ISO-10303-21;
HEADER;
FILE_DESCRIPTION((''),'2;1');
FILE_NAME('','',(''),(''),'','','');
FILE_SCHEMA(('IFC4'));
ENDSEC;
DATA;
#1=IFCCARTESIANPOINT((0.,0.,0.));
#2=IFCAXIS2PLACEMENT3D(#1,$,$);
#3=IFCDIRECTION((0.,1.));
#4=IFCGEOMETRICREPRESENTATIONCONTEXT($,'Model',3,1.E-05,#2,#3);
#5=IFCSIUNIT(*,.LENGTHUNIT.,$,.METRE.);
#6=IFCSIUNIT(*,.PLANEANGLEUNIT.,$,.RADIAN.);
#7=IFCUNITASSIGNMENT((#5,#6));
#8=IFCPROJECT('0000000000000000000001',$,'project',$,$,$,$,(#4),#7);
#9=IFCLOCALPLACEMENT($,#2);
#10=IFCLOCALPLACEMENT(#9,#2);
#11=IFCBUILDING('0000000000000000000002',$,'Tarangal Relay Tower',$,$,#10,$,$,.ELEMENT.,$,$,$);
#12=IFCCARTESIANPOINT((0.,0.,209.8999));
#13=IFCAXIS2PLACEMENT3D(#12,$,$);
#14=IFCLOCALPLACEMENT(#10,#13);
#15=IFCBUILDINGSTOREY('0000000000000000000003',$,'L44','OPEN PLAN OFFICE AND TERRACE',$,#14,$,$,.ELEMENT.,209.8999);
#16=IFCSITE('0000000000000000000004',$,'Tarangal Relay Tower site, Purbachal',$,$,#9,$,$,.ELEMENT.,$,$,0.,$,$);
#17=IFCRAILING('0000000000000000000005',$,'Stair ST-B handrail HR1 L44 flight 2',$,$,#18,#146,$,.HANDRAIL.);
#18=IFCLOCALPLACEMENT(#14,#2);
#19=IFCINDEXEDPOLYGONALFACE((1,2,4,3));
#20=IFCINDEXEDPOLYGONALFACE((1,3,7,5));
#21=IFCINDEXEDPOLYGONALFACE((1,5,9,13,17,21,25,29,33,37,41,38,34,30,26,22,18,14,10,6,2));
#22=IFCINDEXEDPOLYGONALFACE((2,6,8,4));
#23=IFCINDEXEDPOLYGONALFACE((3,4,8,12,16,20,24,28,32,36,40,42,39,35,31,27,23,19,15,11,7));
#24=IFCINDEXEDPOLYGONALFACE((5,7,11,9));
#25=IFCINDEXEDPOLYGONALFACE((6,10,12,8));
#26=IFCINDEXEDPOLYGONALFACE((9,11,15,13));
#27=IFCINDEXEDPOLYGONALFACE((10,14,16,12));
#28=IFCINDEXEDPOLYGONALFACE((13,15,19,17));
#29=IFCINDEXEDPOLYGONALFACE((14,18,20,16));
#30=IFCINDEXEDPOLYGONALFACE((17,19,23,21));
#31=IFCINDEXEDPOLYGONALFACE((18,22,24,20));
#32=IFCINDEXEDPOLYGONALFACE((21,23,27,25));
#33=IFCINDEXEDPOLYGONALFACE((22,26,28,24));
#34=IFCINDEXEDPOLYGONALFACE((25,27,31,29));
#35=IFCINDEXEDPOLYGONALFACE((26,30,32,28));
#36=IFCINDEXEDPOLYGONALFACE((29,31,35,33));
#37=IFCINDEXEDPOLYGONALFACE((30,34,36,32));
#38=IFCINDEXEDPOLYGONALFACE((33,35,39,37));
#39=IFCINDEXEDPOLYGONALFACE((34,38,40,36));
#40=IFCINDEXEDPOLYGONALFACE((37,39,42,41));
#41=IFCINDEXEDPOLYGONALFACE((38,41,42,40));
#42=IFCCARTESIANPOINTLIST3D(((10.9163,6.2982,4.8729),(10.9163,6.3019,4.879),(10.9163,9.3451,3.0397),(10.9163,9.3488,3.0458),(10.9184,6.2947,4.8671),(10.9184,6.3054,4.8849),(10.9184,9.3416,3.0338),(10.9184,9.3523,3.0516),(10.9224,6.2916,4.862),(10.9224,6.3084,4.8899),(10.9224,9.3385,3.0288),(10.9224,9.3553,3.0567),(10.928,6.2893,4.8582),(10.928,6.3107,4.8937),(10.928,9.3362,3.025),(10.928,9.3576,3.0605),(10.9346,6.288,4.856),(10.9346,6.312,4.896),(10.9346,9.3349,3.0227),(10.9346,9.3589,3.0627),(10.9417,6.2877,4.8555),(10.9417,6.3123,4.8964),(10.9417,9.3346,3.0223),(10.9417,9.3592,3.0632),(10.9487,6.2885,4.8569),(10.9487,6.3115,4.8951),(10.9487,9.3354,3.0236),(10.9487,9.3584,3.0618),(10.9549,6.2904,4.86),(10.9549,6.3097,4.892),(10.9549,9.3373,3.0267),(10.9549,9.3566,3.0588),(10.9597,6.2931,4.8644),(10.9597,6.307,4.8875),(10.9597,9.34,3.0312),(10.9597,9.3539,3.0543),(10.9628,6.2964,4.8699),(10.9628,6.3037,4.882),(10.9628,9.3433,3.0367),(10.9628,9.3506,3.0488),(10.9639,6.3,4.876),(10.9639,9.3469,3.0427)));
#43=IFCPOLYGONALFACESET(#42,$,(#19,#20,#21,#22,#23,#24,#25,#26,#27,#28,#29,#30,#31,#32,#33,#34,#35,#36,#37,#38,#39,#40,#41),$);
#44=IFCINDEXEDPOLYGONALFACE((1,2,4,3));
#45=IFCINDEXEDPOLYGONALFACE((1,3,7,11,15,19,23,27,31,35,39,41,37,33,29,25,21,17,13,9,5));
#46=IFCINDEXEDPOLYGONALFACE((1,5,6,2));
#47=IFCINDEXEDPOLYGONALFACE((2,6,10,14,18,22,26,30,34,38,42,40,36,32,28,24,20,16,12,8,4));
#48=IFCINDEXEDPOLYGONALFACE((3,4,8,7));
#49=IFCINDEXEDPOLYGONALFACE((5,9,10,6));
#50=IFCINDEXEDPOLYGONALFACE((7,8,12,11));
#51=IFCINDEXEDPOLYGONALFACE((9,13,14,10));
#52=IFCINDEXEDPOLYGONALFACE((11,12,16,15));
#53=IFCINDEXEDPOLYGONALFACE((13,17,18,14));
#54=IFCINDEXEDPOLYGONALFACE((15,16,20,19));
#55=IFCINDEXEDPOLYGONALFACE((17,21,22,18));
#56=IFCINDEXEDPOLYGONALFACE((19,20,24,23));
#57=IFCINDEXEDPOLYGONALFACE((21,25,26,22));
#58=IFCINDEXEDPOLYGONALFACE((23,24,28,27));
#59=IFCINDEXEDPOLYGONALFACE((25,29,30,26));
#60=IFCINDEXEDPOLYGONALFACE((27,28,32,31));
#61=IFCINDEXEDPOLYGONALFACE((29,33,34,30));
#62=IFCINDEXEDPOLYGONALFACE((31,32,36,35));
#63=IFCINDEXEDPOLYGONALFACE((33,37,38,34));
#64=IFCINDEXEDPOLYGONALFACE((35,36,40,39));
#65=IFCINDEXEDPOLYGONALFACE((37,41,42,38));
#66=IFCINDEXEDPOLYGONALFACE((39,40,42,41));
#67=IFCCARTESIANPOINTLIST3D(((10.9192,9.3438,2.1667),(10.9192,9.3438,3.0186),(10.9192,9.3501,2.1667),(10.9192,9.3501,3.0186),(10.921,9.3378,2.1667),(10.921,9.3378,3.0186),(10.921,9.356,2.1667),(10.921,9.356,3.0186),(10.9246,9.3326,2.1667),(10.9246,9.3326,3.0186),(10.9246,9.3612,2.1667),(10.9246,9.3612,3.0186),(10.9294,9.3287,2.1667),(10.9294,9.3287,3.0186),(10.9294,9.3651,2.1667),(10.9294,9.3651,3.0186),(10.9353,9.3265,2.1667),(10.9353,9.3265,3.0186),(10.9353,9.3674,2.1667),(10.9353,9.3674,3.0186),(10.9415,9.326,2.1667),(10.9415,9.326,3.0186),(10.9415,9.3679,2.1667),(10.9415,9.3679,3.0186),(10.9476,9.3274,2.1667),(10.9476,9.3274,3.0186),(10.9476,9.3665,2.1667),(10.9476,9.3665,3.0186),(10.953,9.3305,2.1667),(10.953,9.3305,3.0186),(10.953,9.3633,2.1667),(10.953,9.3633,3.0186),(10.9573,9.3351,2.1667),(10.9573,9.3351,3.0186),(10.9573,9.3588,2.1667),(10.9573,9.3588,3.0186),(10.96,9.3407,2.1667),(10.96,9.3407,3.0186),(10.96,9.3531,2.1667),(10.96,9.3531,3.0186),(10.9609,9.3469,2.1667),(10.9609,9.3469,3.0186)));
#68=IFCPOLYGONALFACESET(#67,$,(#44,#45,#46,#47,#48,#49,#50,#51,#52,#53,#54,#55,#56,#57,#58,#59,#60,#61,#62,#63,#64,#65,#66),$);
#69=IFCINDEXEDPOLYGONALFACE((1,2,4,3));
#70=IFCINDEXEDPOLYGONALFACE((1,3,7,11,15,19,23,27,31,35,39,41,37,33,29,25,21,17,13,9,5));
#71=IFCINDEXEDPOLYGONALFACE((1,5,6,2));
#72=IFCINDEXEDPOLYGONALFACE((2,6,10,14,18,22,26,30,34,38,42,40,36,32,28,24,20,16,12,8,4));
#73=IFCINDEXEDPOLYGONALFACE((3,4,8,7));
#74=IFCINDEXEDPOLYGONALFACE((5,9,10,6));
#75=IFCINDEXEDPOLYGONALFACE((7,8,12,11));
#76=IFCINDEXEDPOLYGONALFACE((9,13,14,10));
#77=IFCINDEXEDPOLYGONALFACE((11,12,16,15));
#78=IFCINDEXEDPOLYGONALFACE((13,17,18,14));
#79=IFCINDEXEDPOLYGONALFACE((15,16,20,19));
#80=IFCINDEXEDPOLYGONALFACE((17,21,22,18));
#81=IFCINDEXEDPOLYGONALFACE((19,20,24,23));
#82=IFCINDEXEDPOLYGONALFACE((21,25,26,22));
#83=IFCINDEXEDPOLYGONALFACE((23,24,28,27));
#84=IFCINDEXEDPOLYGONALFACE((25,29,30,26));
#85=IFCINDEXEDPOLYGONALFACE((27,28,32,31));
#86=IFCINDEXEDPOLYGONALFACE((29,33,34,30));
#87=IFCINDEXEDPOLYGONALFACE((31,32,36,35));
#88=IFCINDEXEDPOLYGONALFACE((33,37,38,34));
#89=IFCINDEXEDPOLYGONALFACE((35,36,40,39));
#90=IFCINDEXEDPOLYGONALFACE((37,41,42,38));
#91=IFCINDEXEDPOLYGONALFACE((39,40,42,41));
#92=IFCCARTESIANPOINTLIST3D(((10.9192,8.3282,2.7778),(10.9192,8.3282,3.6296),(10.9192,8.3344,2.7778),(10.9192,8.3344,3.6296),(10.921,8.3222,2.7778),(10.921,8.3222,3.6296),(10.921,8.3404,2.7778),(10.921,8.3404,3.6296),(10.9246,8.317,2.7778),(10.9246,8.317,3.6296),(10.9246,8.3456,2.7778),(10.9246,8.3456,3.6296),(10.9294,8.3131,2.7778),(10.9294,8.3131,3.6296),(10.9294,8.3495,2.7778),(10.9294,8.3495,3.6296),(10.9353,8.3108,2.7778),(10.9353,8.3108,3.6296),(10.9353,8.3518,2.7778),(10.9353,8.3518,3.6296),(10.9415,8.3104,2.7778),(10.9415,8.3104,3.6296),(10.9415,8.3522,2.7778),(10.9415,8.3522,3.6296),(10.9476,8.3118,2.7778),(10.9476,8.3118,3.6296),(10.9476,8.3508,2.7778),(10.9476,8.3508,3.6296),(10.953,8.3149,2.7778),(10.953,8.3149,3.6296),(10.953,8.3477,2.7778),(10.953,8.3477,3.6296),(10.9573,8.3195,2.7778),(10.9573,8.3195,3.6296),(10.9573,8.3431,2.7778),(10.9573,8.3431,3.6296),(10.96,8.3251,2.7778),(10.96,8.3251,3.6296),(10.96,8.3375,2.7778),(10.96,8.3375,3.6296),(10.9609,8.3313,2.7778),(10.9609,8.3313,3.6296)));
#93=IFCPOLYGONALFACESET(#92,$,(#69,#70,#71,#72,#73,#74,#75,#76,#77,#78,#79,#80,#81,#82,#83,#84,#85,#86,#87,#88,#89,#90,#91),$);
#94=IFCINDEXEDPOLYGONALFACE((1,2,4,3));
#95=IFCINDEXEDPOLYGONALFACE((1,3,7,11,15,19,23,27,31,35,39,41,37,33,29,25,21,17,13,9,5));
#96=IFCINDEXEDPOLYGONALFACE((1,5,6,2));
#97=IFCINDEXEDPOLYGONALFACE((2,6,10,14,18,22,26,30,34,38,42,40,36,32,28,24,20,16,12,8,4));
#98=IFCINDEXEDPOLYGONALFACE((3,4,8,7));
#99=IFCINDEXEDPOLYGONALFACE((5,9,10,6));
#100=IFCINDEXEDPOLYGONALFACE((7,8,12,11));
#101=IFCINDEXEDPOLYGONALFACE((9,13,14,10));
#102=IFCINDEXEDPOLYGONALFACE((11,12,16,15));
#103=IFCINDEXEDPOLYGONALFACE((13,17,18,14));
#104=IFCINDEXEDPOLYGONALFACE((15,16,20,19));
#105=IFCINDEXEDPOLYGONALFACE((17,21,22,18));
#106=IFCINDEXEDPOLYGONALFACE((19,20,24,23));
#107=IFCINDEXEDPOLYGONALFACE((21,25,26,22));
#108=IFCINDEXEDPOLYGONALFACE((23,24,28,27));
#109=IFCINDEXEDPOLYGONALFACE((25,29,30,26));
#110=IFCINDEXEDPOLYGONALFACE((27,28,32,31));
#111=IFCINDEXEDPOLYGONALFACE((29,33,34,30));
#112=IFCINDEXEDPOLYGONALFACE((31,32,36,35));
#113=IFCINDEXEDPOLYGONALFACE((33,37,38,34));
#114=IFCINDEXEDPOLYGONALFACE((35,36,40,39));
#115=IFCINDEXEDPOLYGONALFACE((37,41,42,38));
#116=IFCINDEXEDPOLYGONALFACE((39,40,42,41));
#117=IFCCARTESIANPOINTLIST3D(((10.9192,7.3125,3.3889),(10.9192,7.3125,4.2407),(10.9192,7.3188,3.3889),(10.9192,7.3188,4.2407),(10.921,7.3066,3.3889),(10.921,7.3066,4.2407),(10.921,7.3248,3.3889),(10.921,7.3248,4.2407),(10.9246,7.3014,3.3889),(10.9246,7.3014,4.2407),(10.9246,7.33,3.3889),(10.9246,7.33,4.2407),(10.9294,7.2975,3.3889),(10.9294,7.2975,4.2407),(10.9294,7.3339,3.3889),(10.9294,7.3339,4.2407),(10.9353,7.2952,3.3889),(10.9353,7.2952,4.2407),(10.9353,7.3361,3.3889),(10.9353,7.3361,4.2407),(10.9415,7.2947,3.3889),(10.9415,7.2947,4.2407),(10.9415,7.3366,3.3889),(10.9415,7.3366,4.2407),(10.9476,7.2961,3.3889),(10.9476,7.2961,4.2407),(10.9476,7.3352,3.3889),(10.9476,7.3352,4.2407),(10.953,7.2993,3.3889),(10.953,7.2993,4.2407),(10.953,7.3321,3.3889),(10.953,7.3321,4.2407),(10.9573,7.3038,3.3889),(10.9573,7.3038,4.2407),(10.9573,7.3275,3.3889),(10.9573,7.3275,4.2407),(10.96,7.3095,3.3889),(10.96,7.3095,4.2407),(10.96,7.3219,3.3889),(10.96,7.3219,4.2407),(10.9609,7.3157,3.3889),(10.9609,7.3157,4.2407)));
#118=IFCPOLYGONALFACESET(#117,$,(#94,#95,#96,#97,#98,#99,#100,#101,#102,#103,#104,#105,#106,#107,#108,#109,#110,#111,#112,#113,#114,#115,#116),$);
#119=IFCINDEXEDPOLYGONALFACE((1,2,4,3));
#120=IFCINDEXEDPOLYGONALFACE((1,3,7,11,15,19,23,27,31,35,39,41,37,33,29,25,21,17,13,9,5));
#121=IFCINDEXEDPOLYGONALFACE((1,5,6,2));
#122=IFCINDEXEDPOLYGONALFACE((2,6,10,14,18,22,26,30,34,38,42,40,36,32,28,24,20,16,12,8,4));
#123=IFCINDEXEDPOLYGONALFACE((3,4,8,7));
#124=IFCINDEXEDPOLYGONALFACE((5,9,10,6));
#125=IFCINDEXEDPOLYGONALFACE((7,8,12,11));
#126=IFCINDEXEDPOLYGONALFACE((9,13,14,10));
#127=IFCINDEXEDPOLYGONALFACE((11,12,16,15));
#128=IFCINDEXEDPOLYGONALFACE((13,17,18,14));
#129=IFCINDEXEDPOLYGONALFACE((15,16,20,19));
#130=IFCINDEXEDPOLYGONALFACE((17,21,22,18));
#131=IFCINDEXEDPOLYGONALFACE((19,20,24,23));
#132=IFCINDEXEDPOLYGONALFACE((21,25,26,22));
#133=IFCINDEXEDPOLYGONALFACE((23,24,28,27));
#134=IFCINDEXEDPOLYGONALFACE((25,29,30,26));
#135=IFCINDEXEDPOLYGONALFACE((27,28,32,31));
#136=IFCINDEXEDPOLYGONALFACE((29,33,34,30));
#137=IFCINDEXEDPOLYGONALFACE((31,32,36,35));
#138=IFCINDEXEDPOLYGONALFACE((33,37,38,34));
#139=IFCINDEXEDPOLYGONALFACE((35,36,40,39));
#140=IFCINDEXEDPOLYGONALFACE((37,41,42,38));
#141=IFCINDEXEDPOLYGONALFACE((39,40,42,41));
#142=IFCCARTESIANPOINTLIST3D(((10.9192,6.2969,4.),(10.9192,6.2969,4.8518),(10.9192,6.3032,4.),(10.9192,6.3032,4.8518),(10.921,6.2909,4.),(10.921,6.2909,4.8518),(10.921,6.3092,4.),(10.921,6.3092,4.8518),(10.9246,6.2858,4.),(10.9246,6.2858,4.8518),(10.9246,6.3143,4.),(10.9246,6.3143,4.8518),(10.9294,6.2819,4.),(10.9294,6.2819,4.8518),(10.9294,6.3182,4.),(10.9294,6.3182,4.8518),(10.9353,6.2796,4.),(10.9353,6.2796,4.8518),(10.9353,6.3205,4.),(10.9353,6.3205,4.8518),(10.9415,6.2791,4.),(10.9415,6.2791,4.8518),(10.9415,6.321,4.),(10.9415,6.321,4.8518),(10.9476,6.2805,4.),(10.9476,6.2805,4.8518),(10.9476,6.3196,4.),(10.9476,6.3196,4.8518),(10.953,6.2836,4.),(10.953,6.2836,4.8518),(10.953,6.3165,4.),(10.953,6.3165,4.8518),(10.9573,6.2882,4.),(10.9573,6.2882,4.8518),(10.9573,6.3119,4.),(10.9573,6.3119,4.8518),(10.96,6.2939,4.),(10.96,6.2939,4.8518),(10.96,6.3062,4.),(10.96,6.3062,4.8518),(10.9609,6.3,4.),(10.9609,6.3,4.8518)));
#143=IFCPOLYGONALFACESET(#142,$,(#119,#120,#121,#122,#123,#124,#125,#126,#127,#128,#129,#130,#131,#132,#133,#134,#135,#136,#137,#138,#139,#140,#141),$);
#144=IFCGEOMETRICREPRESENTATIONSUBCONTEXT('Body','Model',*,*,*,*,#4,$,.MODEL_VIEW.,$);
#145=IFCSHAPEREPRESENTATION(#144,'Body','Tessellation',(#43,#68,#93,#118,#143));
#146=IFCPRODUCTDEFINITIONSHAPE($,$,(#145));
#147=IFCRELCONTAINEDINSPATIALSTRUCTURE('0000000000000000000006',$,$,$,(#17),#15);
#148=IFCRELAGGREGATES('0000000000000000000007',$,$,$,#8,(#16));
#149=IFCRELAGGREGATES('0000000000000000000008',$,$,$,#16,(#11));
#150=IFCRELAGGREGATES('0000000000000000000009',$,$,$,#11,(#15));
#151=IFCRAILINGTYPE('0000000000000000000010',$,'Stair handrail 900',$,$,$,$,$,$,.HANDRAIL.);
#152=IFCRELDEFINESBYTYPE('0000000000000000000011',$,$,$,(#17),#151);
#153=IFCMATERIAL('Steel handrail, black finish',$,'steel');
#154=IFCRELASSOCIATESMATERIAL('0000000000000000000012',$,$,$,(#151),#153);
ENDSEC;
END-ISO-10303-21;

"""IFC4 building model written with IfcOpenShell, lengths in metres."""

from ifc_helpers import new_model, si_unit, direction, frame, origin, origin_2d, place, context, subcontext, project, spatial, circle, extrude, material, type_object, element, save


model = new_model("IFC4")

# Units and contexts
model_context = context("Model", 3, precision=1e-05, world=origin(), true_north=direction((0.0, 1.0)))
body_context = subcontext(model_context, "Body", "Model", "MODEL_VIEW")
ifc_project = project(units=[si_unit("LENGTHUNIT", "METRE"), si_unit("PLANEANGLEUNIT", "RADIAN")], contexts=[model_context])

# Site, building, storey
site_placement = place(None, origin())
site = spatial("IfcSite", under=ifc_project, at=site_placement, Name="Tarangal Relay Tower site, Purbachal", CompositionType="ELEMENT", RefElevation=0.0)
building_placement = place(site_placement, origin())
building = spatial("IfcBuilding", under=site, at=building_placement, Name="Tarangal Relay Tower", CompositionType="ELEMENT")
storey_placement = place(building_placement, frame((0.0, 0.0, 209.8999)))
storey = spatial("IfcBuildingStorey", under=building, at=storey_placement, Name="L44", Description="OPEN PLAN OFFICE AND TERRACE", CompositionType="ELEMENT", Elevation=209.8999)

# Railing
ifc_material_1 = material(Name="Steel handrail, black finish", Category="steel")
railing_type_1 = type_object("IfcRailingType", Name="Stair handrail 900", PredefinedType="HANDRAIL", material=ifc_material_1)
railing_1_placement = place(storey_placement, frame((10.9399, 9.3469, 2.1667)))
element("IfcRailing", 1, at=railing_1_placement, inside=storey, type_object=railing_type_1, Name="Stair ST-B handrail HR1 L44 flight 2", PredefinedType="HANDRAIL", context=body_context, shape_type="SweptSolid", body=[
    extrude(circle(Radius=0.0239, at=origin_2d()), frame((0.0, 0.0, 0.876), z_axis=(0.0, -0.856856, 0.515556), x_axis=(1.0, 0.0, 0.0)), (0.0, 0.0, 1.0), 3.5559),
    extrude(circle(Radius=0.021, at=origin_2d()), origin(), (0.0, 0.0, 1.0), 0.8518),
    extrude(circle(Radius=0.021, at=origin_2d()), frame((0.0, -1.0156, 0.6111)), (0.0, 0.0, 1.0), 0.8518),
    extrude(circle(Radius=0.021, at=origin_2d()), frame((0.0, -2.0312, 1.2222)), (0.0, 0.0, 1.0), 0.8518),
    extrude(circle(Radius=0.021, at=origin_2d()), frame((0.0, -3.0469, 1.8333)), (0.0, 0.0, 1.0), 0.8518),
])

save(model, "model.ifc")
